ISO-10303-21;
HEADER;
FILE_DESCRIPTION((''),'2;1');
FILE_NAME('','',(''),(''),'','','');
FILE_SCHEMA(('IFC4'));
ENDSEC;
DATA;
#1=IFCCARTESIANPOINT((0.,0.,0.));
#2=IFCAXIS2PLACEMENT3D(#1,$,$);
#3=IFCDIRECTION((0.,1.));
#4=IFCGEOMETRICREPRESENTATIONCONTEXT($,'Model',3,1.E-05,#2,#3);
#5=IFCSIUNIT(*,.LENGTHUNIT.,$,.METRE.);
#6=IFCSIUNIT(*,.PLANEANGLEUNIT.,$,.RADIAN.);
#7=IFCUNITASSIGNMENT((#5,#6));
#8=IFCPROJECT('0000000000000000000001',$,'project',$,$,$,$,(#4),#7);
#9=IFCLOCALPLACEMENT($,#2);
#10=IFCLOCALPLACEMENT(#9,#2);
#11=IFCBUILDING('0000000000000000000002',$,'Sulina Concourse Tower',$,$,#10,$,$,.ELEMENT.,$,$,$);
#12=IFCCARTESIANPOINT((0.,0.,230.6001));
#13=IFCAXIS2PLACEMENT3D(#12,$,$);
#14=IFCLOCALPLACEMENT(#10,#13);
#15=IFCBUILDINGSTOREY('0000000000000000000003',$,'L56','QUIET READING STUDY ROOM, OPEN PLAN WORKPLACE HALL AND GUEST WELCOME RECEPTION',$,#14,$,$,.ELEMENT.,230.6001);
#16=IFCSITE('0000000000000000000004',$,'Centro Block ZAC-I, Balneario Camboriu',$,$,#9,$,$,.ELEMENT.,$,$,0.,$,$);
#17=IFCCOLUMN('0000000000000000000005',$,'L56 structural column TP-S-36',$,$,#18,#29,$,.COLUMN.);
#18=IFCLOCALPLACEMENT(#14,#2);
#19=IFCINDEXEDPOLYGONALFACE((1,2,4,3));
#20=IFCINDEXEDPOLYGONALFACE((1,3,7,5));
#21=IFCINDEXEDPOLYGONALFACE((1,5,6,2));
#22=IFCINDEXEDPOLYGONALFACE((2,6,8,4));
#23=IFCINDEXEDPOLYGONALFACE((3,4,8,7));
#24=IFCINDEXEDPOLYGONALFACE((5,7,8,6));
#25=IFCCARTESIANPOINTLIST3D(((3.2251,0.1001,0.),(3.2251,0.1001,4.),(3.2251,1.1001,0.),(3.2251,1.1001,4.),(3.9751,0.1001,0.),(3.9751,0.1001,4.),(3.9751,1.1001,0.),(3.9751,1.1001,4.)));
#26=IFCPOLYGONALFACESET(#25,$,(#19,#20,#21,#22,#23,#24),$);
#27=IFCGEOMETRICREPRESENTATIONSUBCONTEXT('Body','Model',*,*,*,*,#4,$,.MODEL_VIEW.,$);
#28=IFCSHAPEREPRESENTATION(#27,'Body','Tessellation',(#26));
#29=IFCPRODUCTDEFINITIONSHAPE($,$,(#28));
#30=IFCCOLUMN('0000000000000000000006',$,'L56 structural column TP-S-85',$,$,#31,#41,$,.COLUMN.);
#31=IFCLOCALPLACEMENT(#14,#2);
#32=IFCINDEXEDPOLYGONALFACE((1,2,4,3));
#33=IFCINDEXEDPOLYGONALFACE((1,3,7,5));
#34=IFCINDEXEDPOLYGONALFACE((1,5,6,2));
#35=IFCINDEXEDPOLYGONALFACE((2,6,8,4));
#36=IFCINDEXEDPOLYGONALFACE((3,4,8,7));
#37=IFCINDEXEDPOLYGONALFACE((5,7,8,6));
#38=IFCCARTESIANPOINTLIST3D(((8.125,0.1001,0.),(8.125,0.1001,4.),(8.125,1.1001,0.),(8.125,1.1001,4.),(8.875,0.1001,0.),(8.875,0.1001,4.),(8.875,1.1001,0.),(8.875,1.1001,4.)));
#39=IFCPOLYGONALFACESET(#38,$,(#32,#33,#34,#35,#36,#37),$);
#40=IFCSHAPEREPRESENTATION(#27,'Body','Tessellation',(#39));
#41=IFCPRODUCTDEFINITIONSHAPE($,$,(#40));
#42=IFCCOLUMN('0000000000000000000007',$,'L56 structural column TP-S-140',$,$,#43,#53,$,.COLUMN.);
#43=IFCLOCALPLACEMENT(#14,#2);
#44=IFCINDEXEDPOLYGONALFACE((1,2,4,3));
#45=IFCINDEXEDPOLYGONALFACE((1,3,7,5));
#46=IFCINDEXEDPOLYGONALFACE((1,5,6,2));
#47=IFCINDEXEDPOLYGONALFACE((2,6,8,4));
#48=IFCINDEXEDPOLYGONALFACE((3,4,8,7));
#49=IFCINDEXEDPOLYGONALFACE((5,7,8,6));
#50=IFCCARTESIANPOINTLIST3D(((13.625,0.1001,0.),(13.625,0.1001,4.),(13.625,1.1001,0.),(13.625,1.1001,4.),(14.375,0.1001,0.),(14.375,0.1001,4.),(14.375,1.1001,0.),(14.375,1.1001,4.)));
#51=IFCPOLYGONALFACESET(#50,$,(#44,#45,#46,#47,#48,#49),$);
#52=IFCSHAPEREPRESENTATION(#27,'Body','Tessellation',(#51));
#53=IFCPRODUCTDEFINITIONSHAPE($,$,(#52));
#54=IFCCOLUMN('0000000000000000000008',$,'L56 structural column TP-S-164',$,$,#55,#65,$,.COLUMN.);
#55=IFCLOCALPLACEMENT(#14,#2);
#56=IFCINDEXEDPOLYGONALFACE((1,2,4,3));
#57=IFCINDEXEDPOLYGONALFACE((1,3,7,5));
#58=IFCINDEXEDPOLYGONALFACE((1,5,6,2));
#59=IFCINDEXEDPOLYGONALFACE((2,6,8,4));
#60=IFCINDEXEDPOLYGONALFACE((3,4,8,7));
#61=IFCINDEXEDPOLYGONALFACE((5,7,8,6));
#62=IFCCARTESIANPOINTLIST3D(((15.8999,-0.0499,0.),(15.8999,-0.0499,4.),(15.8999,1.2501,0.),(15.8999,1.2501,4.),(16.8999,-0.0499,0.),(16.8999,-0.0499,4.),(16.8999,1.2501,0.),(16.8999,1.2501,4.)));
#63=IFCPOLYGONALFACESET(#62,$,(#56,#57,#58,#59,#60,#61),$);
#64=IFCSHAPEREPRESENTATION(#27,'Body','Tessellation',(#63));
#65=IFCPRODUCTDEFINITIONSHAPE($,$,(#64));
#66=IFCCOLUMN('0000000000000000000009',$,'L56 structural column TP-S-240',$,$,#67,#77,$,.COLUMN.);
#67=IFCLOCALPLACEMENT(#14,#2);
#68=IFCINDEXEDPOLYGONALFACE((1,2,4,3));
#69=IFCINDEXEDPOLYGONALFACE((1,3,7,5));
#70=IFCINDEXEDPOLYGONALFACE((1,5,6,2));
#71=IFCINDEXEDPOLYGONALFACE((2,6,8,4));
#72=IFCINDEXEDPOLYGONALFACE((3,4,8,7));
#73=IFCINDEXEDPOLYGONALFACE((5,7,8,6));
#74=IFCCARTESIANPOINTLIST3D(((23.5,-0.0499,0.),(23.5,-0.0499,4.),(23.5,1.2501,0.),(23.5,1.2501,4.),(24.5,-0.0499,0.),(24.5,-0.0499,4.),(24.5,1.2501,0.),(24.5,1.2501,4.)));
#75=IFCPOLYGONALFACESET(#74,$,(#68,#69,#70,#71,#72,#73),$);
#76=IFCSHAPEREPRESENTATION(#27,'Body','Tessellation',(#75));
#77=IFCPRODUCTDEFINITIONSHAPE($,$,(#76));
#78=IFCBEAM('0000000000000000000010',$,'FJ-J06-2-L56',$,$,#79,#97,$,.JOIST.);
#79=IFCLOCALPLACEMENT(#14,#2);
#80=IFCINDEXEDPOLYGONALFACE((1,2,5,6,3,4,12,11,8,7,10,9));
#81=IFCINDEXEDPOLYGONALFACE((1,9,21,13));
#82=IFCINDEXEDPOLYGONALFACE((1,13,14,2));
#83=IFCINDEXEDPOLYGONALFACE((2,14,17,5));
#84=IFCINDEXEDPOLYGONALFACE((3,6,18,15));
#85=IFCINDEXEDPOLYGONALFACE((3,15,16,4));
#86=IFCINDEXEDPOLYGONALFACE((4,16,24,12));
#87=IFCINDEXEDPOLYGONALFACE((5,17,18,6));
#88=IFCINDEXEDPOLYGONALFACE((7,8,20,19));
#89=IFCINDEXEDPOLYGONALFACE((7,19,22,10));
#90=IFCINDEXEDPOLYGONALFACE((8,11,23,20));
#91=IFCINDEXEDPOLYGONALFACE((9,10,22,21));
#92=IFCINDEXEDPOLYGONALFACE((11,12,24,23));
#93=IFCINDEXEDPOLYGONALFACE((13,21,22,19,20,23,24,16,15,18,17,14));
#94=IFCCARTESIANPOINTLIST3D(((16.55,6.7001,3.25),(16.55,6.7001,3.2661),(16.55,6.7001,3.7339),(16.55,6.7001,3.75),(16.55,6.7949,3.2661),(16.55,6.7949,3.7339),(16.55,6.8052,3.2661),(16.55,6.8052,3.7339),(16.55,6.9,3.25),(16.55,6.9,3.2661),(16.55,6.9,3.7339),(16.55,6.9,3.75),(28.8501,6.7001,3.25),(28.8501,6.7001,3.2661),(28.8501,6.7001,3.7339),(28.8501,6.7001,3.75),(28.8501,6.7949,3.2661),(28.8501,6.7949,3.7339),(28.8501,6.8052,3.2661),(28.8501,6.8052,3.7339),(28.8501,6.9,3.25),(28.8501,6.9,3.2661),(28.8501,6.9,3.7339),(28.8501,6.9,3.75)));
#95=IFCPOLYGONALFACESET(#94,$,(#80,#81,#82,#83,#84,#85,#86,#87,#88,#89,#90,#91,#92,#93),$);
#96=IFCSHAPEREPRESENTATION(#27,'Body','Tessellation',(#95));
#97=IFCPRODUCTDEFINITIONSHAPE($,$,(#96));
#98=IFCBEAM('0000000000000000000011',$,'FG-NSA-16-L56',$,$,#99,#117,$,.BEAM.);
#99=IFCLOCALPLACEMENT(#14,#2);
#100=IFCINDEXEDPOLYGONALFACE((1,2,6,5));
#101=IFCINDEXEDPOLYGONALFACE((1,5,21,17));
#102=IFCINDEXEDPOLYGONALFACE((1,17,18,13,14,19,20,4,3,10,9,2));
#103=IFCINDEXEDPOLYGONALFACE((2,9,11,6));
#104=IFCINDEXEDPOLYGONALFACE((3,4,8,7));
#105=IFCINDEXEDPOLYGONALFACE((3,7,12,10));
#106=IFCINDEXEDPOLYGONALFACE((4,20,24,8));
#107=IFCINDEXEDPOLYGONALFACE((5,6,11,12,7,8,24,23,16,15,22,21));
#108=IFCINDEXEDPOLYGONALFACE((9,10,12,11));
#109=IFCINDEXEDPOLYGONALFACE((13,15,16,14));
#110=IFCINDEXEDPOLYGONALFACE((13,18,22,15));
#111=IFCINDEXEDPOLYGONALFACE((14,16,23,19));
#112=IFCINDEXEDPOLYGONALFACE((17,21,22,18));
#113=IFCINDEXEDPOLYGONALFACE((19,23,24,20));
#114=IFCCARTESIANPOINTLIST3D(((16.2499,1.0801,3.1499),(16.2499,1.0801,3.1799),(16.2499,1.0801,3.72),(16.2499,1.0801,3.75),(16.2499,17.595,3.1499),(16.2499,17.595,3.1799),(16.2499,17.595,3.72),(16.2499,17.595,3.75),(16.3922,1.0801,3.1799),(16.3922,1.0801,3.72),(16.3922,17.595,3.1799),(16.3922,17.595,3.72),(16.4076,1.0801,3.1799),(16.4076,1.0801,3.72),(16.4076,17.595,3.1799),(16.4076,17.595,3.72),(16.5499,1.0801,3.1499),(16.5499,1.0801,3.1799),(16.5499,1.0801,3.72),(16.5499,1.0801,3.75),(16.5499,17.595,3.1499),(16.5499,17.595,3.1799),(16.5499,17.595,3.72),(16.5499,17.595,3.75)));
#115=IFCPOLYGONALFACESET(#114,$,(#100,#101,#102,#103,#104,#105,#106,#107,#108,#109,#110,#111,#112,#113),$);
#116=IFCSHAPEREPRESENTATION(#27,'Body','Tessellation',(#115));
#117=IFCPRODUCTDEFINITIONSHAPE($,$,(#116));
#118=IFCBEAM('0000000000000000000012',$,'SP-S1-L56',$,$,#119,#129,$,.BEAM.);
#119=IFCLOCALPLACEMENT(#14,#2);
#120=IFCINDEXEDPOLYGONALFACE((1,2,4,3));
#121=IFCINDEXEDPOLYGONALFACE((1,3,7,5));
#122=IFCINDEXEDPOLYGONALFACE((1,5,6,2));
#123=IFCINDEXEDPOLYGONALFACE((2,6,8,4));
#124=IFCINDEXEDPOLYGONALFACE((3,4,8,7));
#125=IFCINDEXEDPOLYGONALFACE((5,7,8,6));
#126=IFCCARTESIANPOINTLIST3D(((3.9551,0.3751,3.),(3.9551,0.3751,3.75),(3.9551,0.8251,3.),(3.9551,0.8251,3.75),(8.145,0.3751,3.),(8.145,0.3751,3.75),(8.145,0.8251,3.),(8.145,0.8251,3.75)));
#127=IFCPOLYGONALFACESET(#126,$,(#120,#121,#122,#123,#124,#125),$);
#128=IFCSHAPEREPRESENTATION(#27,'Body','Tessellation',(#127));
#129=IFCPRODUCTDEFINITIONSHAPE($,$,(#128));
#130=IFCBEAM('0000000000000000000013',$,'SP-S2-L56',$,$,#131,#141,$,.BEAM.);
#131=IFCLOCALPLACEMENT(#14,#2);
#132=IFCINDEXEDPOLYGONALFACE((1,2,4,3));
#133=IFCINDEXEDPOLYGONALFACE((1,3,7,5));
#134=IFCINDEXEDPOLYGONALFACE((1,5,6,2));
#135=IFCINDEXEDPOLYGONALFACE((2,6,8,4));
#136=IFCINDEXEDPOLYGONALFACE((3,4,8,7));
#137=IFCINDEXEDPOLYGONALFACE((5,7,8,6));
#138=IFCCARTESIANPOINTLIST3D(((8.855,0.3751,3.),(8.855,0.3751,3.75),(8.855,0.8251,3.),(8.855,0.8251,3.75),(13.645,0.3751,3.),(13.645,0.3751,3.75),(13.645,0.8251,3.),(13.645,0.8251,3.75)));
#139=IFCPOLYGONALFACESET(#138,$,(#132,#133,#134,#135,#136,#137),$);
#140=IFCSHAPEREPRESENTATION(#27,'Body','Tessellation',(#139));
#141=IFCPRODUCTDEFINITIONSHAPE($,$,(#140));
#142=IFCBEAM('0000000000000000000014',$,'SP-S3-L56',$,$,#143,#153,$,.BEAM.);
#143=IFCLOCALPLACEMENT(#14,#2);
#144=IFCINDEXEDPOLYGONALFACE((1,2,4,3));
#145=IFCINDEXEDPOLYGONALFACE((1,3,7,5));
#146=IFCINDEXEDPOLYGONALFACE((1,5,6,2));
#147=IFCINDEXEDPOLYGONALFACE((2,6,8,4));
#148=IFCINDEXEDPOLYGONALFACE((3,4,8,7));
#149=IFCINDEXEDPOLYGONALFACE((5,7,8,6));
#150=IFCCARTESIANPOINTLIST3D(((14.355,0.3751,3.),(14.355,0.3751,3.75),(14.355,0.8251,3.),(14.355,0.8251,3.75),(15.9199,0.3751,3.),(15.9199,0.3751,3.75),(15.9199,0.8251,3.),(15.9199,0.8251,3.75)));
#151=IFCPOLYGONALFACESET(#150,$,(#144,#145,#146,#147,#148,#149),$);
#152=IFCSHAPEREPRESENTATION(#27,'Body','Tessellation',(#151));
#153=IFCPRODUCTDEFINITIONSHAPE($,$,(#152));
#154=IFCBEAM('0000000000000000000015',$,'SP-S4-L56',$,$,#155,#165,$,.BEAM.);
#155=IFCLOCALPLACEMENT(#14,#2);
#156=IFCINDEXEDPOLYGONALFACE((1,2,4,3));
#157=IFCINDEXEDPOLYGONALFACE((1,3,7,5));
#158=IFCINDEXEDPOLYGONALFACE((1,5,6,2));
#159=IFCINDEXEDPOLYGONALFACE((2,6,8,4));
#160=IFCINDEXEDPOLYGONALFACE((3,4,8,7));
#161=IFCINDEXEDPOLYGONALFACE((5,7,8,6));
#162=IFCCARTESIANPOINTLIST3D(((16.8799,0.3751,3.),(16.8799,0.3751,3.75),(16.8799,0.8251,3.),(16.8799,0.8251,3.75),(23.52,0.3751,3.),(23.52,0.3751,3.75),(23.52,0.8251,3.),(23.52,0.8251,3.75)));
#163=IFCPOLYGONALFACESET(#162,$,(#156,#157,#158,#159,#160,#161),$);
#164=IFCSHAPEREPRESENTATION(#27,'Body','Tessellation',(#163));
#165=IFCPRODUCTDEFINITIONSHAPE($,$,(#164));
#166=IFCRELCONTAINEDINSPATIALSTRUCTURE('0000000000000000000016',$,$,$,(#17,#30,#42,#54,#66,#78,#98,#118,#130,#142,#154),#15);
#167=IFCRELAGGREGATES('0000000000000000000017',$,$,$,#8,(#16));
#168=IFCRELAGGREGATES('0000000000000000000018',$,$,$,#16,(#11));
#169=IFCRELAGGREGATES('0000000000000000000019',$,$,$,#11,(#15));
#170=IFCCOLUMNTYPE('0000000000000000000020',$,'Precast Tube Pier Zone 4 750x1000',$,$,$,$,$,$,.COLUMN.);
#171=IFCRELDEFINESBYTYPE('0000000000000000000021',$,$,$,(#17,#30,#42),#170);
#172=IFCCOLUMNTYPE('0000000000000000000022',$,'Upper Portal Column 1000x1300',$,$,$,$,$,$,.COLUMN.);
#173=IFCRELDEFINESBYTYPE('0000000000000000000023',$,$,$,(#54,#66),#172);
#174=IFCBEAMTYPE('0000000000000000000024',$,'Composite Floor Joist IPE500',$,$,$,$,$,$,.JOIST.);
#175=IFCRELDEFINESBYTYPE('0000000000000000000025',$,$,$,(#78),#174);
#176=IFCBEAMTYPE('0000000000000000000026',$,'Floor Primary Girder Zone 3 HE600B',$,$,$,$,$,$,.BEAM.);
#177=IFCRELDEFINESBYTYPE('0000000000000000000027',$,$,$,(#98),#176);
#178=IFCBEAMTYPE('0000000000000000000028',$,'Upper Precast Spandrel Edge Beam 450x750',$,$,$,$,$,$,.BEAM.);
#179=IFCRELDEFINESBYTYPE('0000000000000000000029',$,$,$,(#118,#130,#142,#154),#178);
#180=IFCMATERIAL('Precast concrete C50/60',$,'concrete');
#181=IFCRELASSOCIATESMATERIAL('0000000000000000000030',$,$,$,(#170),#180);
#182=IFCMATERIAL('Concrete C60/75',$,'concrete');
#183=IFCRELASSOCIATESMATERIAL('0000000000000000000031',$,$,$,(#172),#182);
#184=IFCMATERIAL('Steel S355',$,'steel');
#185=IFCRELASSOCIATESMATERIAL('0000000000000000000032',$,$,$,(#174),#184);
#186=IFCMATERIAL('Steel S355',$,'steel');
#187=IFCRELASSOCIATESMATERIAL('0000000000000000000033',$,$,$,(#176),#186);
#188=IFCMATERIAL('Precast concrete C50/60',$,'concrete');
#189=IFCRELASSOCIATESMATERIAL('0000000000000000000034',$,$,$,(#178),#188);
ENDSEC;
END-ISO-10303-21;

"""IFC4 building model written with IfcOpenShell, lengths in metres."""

from ifc_helpers import new_model, si_unit, direction, frame, origin, origin_2d, place, context, subcontext, project, spatial, rectangle, i_section, extrude, material, material_profile, profile_set, type_object, element, save


model = new_model("IFC4")

# Units and contexts
model_context = context("Model", 3, precision=1e-05, world=origin(), true_north=direction((0.0, 1.0)))
body_context = subcontext(model_context, "Body", "Model", "MODEL_VIEW")
ifc_project = project(units=[si_unit("LENGTHUNIT", "METRE"), si_unit("PLANEANGLEUNIT", "RADIAN")], contexts=[model_context])

# Site, building, storey
site_placement = place(None, origin())
site = spatial("IfcSite", under=ifc_project, at=site_placement, Name="Centro Block ZAC-I, Balneario Camboriu", CompositionType="ELEMENT", RefElevation=0.0)
building_placement = place(site_placement, origin())
building = spatial("IfcBuilding", under=site, at=building_placement, Name="Sulina Concourse Tower", CompositionType="ELEMENT")
storey_placement = place(building_placement, frame((0.0, 0.0, 230.6001)))
storey = spatial("IfcBuildingStorey", under=building, at=storey_placement, Name="L56", Description="QUIET READING STUDY ROOM, OPEN PLAN WORKPLACE HALL AND GUEST WELCOME RECEPTION", CompositionType="ELEMENT", Elevation=230.6001)

# Columns
ifc_material_1 = material(Name="Precast concrete C50/60", Category="concrete")
ifc_material_profile_1 = material_profile(ifc_material_1, rectangle(XDim=0.75, YDim=1.0, at=origin_2d()), Name="PC 750x1000")
ifc_profile_set_1 = profile_set([ifc_material_profile_1], Name="Precast concrete C50/60")
column_type_1 = type_object("IfcColumnType", Name="Precast Tube Pier Zone 4 750x1000", PredefinedType="COLUMN", material=ifc_profile_set_1)
for number, where, z_axis, x_axis, name in (
    (1, (3.6001, 0.6001, 0.0), (0.0, 0.0, 1.0), (1.0, 0.0, 0.0), "L56 structural column TP-S-36"),
    (2, (8.5, 0.6001, 0.0), (0.0, 0.0, 1.0), (1.0, 0.0, 0.0), "L56 structural column TP-S-85"),
    (3, (14.0, 0.6001, 0.0), (0.0, 0.0, 1.0), (1.0, 0.0, 0.0), "L56 structural column TP-S-140"),
):
    element("IfcColumn", number, at=place(storey_placement, frame(where, z_axis=z_axis, x_axis=x_axis)), inside=storey, type_object=column_type_1, Name=name, PredefinedType="COLUMN", context=body_context, shape_type="SweptSolid", body=[
        extrude(rectangle(XDim=0.75, YDim=1.0, at=origin_2d()), origin(), (0.0, 0.0, 1.0), 4.0),
    ])
ifc_material_2 = material(Name="Concrete C60/75", Category="concrete")
ifc_material_profile_2 = material_profile(ifc_material_2, rectangle(XDim=1.0, YDim=1.3, at=origin_2d()), Name="RC 1000x1300")
ifc_profile_set_2 = profile_set([ifc_material_profile_2], Name="Concrete C60/75")
column_type_2 = type_object("IfcColumnType", Name="Upper Portal Column 1000x1300", PredefinedType="COLUMN", material=ifc_profile_set_2)
for number, where, z_axis, x_axis, name in (
    (4, (16.3999, 0.6001, 0.0), (0.0, 0.0, 1.0), (1.0, 0.0, 0.0), "L56 structural column TP-S-164"),
    (5, (24.0, 0.6001, 0.0), (0.0, 0.0, 1.0), (1.0, 0.0, 0.0), "L56 structural column TP-S-240"),
):
    element("IfcColumn", number, at=place(storey_placement, frame(where, z_axis=z_axis, x_axis=x_axis)), inside=storey, type_object=column_type_2, Name=name, PredefinedType="COLUMN", context=body_context, shape_type="SweptSolid", body=[
        extrude(rectangle(XDim=1.0, YDim=1.3, at=origin_2d()), origin(), (0.0, 0.0, 1.0), 4.0),
    ])

# Beams
ifc_material_3 = material(Name="Steel S355", Category="steel")
ifc_material_profile_3 = material_profile(ifc_material_3, i_section(OverallWidth=0.2, OverallDepth=0.5, WebThickness=0.0103, FlangeThickness=0.0161, at=origin_2d()), Name="IPE 500")
ifc_profile_set_3 = profile_set([ifc_material_profile_3], Name="Steel S355")
beam_type_1 = type_object("IfcBeamType", Name="Composite Floor Joist IPE500", PredefinedType="JOIST", material=ifc_profile_set_3)
beam_1_placement = place(storey_placement, frame((16.55, 6.8, 3.5), z_axis=(1.0, 0.0, 0.0), x_axis=(0.0, 1.0, 0.0)))
element("IfcBeam", 6, at=beam_1_placement, inside=storey, type_object=beam_type_1, Name="FJ-J06-2-L56", PredefinedType="JOIST", context=body_context, shape_type="SweptSolid", body=[
    extrude(i_section(OverallWidth=0.2, OverallDepth=0.5, WebThickness=0.0103, FlangeThickness=0.0161, at=origin_2d()), origin(), (0.0, 0.0, 1.0), 12.3),
])
ifc_material_4 = material(Name="Steel S355", Category="steel")
ifc_material_profile_4 = material_profile(ifc_material_4, i_section(OverallWidth=0.3, OverallDepth=0.6001, WebThickness=0.0154, FlangeThickness=0.03, at=origin_2d()), Name="HE 600 B")
ifc_profile_set_4 = profile_set([ifc_material_profile_4], Name="Steel S355")
beam_type_2 = type_object("IfcBeamType", Name="Floor Primary Girder Zone 3 HE600B", PredefinedType="BEAM", material=ifc_profile_set_4)
beam_2_placement = place(storey_placement, frame((16.3999, 1.0801, 3.45), z_axis=(0.0, 1.0, 0.0), x_axis=(-1.0, 0.0, 0.0)))
element("IfcBeam", 7, at=beam_2_placement, inside=storey, type_object=beam_type_2, Name="FG-NSA-16-L56", PredefinedType="BEAM", context=body_context, shape_type="SweptSolid", body=[
    extrude(i_section(OverallWidth=0.3, OverallDepth=0.6001, WebThickness=0.0154, FlangeThickness=0.03, at=origin_2d()), origin(), (0.0, 0.0, 1.0), 16.5149),
])
ifc_material_5 = material(Name="Precast concrete C50/60", Category="concrete")
ifc_material_profile_5 = material_profile(ifc_material_5, rectangle(XDim=0.45, YDim=0.75, at=origin_2d()), Name="RC 450x750")
ifc_profile_set_5 = profile_set([ifc_material_profile_5], Name="Precast concrete C50/60")
beam_type_3 = type_object("IfcBeamType", Name="Upper Precast Spandrel Edge Beam 450x750", PredefinedType="BEAM", material=ifc_profile_set_5)
beam_3_placement = place(storey_placement, frame((3.9551, 0.6001, 3.375), z_axis=(1.0, 0.0, 0.0), x_axis=(0.0, 1.0, 0.0)))
element("IfcBeam", 8, at=beam_3_placement, inside=storey, type_object=beam_type_3, Name="SP-S1-L56", PredefinedType="BEAM", context=body_context, shape_type="SweptSolid", body=[
    extrude(rectangle(XDim=0.45, YDim=0.75, at=origin_2d()), origin(), (0.0, 0.0, 1.0), 4.1899),
])
beam_4_placement = place(storey_placement, frame((8.855, 0.6001, 3.375), z_axis=(1.0, 0.0, 0.0), x_axis=(0.0, 1.0, 0.0)))
element("IfcBeam", 9, at=beam_4_placement, inside=storey, type_object=beam_type_3, Name="SP-S2-L56", PredefinedType="BEAM", context=body_context, shape_type="SweptSolid", body=[
    extrude(rectangle(XDim=0.45, YDim=0.75, at=origin_2d()), origin(), (0.0, 0.0, 1.0), 4.79),
])
beam_5_placement = place(storey_placement, frame((14.355, 0.6001, 3.375), z_axis=(1.0, 0.0, 0.0), x_axis=(0.0, 1.0, 0.0)))
element("IfcBeam", 10, at=beam_5_placement, inside=storey, type_object=beam_type_3, Name="SP-S3-L56", PredefinedType="BEAM", context=body_context, shape_type="SweptSolid", body=[
    extrude(rectangle(XDim=0.45, YDim=0.75, at=origin_2d()), origin(), (0.0, 0.0, 1.0), 1.5649),
])
beam_6_placement = place(storey_placement, frame((16.8799, 0.6001, 3.375), z_axis=(1.0, 0.0, 0.0), x_axis=(0.0, 1.0, 0.0)))
element("IfcBeam", 11, at=beam_6_placement, inside=storey, type_object=beam_type_3, Name="SP-S4-L56", PredefinedType="BEAM", context=body_context, shape_type="SweptSolid", body=[
    extrude(rectangle(XDim=0.45, YDim=0.75, at=origin_2d()), origin(), (0.0, 0.0, 1.0), 6.6401),
])

save(model, "model.ifc")
